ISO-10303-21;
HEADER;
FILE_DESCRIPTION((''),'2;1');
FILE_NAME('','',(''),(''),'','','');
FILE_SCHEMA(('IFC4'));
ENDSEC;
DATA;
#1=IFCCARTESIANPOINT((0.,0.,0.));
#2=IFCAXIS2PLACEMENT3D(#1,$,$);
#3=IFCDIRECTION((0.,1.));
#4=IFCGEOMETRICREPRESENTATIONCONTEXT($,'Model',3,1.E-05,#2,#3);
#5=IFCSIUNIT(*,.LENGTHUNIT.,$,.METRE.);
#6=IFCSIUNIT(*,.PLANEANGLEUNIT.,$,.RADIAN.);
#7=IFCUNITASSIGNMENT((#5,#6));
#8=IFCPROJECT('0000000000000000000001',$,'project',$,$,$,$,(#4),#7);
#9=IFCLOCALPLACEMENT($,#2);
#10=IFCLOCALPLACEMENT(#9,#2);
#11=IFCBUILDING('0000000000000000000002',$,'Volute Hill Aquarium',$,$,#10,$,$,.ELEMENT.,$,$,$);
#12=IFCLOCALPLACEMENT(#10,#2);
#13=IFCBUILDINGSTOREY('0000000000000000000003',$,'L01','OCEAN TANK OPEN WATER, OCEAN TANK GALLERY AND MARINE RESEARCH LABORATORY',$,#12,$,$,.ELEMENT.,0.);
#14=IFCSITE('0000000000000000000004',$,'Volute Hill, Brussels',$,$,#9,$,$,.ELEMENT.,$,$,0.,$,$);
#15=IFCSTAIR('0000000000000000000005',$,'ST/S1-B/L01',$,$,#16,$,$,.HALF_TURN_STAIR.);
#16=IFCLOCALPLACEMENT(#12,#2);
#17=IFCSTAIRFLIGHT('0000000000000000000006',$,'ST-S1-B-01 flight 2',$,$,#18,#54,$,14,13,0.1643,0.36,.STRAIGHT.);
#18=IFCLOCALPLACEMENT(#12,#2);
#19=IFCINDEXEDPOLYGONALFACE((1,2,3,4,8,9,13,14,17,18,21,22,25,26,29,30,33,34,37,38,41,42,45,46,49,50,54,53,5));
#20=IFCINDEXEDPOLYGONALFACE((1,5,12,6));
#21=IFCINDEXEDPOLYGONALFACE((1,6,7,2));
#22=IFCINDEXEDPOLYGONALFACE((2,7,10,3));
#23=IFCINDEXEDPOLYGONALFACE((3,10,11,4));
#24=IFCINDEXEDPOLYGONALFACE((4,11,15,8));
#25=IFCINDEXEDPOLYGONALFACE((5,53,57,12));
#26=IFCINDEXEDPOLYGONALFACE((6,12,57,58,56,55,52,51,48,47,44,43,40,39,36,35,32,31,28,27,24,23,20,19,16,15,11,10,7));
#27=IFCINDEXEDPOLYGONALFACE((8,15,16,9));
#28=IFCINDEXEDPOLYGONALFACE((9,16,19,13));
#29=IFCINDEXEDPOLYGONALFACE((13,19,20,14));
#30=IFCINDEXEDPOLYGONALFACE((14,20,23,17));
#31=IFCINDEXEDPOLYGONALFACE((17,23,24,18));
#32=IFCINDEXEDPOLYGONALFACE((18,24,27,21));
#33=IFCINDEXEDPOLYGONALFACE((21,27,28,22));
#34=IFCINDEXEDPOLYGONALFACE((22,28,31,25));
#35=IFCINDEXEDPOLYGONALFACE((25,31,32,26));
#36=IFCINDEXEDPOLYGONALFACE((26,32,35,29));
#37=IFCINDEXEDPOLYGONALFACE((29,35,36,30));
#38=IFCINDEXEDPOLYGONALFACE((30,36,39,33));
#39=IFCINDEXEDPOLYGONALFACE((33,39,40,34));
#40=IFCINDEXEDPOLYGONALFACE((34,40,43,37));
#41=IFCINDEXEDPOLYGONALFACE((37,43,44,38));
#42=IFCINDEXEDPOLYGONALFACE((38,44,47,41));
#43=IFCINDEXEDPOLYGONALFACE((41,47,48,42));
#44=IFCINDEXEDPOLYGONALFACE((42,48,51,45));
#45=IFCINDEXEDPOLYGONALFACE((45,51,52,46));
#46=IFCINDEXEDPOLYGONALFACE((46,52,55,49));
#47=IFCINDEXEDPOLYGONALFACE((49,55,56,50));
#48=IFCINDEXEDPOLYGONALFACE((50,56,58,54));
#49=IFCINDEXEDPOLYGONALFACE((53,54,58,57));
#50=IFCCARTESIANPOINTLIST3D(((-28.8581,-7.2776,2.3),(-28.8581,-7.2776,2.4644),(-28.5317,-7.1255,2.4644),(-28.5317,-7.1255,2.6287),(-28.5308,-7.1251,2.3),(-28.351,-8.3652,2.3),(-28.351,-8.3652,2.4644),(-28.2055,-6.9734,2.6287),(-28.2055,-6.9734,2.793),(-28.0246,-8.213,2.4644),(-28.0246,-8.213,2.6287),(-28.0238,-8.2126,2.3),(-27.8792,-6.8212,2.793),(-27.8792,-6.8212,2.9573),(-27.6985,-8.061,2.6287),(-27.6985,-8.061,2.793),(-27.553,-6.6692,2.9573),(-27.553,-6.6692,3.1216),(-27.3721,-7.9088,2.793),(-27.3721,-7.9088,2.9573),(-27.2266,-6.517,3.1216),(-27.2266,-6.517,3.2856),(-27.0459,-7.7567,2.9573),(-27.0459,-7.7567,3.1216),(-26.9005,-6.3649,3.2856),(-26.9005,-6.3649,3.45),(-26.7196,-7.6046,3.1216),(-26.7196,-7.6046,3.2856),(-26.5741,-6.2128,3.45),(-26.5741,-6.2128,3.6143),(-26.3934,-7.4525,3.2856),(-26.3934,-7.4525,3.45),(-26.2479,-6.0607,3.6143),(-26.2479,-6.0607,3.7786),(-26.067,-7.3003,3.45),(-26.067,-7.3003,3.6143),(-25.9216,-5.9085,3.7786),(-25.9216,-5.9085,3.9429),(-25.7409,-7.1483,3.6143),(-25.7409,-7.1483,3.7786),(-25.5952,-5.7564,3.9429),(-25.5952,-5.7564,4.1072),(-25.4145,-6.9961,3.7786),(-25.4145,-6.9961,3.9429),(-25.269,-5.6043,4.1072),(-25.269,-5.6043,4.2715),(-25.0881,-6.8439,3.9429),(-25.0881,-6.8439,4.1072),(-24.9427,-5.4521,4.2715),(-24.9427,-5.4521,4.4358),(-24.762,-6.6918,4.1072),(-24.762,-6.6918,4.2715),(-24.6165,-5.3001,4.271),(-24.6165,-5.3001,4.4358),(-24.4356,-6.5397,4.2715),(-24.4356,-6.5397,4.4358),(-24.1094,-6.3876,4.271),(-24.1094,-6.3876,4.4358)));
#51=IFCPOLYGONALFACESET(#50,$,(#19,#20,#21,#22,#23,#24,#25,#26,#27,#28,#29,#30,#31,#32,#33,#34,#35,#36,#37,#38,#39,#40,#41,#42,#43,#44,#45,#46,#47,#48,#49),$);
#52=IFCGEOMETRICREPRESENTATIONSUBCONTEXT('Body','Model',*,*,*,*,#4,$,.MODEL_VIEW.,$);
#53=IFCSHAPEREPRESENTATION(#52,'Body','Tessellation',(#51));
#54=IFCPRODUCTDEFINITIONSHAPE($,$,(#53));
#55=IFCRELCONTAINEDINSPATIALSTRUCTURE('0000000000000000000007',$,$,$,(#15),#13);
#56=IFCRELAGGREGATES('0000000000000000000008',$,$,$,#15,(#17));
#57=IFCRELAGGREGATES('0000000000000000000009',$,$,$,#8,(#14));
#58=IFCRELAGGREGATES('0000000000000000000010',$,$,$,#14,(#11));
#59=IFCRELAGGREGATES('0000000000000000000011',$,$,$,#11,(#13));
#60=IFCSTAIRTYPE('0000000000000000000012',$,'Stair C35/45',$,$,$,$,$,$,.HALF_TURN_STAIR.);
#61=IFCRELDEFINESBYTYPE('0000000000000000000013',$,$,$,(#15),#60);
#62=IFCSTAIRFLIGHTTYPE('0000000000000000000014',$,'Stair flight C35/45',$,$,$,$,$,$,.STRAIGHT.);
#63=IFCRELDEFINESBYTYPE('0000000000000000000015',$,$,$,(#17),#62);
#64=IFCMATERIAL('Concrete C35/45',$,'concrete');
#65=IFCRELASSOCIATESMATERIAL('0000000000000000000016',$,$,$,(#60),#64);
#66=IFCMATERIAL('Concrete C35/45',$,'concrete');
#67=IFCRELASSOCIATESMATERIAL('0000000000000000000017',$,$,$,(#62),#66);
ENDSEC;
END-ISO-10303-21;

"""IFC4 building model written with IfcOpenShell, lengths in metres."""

from ifc_helpers import new_model, si_unit, direction, frame, origin, place, context, subcontext, project, spatial, polyline, outline, extrude, material, type_object, element, aggregate, save


model = new_model("IFC4")

# Units and contexts
model_context = context("Model", 3, precision=1e-05, world=origin(), true_north=direction((0.0, 1.0)))
body_context = subcontext(model_context, "Body", "Model", "MODEL_VIEW")
ifc_project = project(units=[si_unit("LENGTHUNIT", "METRE"), si_unit("PLANEANGLEUNIT", "RADIAN")], contexts=[model_context])

# Site, building, storey
site_placement = place(None, origin())
site = spatial("IfcSite", under=ifc_project, at=site_placement, Name="Volute Hill, Brussels", CompositionType="ELEMENT", RefElevation=0.0)
building_placement = place(site_placement, origin())
building = spatial("IfcBuilding", under=site, at=building_placement, Name="Volute Hill Aquarium", CompositionType="ELEMENT")
storey_placement = place(building_placement, origin())
storey = spatial("IfcBuildingStorey", under=building, at=storey_placement, Name="L01", Description="OCEAN TANK OPEN WATER, OCEAN TANK GALLERY AND MARINE RESEARCH LABORATORY", CompositionType="ELEMENT", Elevation=0.0)

# Stair, stair flight
ifc_material_1 = material(Name="Concrete C35/45", Category="concrete")
stair_type = type_object("IfcStairType", Name="Stair C35/45", PredefinedType="HALF_TURN_STAIR", material=ifc_material_1)
stair_placement = place(storey_placement, origin())
stair = element("IfcStair", 1, at=stair_placement, inside=storey, type_object=stair_type, Name="ST/S1-B/L01", PredefinedType="HALF_TURN_STAIR")
ifc_material_2 = material(Name="Concrete C35/45", Category="concrete")
stair_flight_type = type_object("IfcStairFlightType", Name="Stair flight C35/45", PredefinedType="STRAIGHT", material=ifc_material_2)
stair_flight_1_placement = place(storey_placement, frame((-28.6045, -7.8215, 2.3), z_axis=(0.0, 0.0, 1.0), x_axis=(0.906331, 0.422568, 0.0)))
stair_flight_1 = element("IfcStairFlight", 2, at=stair_flight_1_placement, type_object=stair_flight_type, Name="ST-S1-B-01 flight 2", NumberOfRisers=14, NumberOfTreads=13, PredefinedType="STRAIGHT", RiserHeight=0.1643, TreadLength=0.36, context=body_context, shape_type="SweptSolid", body=[
    extrude(outline(polyline([(0.0, 0.0), (0.0, 0.1643), (0.3601, 0.1643), (0.3601, 0.3286), (0.72, 0.3286), (0.72, 0.4929), (1.0801, 0.4929), (1.0801, 0.6572), (1.4399, 0.6572), (1.4399, 0.8215), (1.8, 0.8215), (1.8, 0.9856), (2.1599, 0.9856), (2.1599, 1.1499), (2.52, 1.1499), (2.52, 1.3142), (2.8799, 1.3142), (2.8799, 1.4785), (3.24, 1.4785), (3.24, 1.6428), (3.6001, 1.6428), (3.6001, 1.8071), (3.96, 1.8071), (3.96, 1.9714), (4.3201, 1.9714), (4.3201, 2.1357), (4.6799, 2.1357), (4.6799, 2.3), (4.6799, 1.9709), (0.3611, 0.0), (0.0, 0.0)])), frame((0.0, 0.6001, 0.0), z_axis=(0.0, -1.0, 0.0), x_axis=(1.0, 0.0, 0.0)), (0.0, 0.0, 1.0), 1.2),
])
aggregate(stair, [stair_flight_1])

save(model, "model.ifc")
